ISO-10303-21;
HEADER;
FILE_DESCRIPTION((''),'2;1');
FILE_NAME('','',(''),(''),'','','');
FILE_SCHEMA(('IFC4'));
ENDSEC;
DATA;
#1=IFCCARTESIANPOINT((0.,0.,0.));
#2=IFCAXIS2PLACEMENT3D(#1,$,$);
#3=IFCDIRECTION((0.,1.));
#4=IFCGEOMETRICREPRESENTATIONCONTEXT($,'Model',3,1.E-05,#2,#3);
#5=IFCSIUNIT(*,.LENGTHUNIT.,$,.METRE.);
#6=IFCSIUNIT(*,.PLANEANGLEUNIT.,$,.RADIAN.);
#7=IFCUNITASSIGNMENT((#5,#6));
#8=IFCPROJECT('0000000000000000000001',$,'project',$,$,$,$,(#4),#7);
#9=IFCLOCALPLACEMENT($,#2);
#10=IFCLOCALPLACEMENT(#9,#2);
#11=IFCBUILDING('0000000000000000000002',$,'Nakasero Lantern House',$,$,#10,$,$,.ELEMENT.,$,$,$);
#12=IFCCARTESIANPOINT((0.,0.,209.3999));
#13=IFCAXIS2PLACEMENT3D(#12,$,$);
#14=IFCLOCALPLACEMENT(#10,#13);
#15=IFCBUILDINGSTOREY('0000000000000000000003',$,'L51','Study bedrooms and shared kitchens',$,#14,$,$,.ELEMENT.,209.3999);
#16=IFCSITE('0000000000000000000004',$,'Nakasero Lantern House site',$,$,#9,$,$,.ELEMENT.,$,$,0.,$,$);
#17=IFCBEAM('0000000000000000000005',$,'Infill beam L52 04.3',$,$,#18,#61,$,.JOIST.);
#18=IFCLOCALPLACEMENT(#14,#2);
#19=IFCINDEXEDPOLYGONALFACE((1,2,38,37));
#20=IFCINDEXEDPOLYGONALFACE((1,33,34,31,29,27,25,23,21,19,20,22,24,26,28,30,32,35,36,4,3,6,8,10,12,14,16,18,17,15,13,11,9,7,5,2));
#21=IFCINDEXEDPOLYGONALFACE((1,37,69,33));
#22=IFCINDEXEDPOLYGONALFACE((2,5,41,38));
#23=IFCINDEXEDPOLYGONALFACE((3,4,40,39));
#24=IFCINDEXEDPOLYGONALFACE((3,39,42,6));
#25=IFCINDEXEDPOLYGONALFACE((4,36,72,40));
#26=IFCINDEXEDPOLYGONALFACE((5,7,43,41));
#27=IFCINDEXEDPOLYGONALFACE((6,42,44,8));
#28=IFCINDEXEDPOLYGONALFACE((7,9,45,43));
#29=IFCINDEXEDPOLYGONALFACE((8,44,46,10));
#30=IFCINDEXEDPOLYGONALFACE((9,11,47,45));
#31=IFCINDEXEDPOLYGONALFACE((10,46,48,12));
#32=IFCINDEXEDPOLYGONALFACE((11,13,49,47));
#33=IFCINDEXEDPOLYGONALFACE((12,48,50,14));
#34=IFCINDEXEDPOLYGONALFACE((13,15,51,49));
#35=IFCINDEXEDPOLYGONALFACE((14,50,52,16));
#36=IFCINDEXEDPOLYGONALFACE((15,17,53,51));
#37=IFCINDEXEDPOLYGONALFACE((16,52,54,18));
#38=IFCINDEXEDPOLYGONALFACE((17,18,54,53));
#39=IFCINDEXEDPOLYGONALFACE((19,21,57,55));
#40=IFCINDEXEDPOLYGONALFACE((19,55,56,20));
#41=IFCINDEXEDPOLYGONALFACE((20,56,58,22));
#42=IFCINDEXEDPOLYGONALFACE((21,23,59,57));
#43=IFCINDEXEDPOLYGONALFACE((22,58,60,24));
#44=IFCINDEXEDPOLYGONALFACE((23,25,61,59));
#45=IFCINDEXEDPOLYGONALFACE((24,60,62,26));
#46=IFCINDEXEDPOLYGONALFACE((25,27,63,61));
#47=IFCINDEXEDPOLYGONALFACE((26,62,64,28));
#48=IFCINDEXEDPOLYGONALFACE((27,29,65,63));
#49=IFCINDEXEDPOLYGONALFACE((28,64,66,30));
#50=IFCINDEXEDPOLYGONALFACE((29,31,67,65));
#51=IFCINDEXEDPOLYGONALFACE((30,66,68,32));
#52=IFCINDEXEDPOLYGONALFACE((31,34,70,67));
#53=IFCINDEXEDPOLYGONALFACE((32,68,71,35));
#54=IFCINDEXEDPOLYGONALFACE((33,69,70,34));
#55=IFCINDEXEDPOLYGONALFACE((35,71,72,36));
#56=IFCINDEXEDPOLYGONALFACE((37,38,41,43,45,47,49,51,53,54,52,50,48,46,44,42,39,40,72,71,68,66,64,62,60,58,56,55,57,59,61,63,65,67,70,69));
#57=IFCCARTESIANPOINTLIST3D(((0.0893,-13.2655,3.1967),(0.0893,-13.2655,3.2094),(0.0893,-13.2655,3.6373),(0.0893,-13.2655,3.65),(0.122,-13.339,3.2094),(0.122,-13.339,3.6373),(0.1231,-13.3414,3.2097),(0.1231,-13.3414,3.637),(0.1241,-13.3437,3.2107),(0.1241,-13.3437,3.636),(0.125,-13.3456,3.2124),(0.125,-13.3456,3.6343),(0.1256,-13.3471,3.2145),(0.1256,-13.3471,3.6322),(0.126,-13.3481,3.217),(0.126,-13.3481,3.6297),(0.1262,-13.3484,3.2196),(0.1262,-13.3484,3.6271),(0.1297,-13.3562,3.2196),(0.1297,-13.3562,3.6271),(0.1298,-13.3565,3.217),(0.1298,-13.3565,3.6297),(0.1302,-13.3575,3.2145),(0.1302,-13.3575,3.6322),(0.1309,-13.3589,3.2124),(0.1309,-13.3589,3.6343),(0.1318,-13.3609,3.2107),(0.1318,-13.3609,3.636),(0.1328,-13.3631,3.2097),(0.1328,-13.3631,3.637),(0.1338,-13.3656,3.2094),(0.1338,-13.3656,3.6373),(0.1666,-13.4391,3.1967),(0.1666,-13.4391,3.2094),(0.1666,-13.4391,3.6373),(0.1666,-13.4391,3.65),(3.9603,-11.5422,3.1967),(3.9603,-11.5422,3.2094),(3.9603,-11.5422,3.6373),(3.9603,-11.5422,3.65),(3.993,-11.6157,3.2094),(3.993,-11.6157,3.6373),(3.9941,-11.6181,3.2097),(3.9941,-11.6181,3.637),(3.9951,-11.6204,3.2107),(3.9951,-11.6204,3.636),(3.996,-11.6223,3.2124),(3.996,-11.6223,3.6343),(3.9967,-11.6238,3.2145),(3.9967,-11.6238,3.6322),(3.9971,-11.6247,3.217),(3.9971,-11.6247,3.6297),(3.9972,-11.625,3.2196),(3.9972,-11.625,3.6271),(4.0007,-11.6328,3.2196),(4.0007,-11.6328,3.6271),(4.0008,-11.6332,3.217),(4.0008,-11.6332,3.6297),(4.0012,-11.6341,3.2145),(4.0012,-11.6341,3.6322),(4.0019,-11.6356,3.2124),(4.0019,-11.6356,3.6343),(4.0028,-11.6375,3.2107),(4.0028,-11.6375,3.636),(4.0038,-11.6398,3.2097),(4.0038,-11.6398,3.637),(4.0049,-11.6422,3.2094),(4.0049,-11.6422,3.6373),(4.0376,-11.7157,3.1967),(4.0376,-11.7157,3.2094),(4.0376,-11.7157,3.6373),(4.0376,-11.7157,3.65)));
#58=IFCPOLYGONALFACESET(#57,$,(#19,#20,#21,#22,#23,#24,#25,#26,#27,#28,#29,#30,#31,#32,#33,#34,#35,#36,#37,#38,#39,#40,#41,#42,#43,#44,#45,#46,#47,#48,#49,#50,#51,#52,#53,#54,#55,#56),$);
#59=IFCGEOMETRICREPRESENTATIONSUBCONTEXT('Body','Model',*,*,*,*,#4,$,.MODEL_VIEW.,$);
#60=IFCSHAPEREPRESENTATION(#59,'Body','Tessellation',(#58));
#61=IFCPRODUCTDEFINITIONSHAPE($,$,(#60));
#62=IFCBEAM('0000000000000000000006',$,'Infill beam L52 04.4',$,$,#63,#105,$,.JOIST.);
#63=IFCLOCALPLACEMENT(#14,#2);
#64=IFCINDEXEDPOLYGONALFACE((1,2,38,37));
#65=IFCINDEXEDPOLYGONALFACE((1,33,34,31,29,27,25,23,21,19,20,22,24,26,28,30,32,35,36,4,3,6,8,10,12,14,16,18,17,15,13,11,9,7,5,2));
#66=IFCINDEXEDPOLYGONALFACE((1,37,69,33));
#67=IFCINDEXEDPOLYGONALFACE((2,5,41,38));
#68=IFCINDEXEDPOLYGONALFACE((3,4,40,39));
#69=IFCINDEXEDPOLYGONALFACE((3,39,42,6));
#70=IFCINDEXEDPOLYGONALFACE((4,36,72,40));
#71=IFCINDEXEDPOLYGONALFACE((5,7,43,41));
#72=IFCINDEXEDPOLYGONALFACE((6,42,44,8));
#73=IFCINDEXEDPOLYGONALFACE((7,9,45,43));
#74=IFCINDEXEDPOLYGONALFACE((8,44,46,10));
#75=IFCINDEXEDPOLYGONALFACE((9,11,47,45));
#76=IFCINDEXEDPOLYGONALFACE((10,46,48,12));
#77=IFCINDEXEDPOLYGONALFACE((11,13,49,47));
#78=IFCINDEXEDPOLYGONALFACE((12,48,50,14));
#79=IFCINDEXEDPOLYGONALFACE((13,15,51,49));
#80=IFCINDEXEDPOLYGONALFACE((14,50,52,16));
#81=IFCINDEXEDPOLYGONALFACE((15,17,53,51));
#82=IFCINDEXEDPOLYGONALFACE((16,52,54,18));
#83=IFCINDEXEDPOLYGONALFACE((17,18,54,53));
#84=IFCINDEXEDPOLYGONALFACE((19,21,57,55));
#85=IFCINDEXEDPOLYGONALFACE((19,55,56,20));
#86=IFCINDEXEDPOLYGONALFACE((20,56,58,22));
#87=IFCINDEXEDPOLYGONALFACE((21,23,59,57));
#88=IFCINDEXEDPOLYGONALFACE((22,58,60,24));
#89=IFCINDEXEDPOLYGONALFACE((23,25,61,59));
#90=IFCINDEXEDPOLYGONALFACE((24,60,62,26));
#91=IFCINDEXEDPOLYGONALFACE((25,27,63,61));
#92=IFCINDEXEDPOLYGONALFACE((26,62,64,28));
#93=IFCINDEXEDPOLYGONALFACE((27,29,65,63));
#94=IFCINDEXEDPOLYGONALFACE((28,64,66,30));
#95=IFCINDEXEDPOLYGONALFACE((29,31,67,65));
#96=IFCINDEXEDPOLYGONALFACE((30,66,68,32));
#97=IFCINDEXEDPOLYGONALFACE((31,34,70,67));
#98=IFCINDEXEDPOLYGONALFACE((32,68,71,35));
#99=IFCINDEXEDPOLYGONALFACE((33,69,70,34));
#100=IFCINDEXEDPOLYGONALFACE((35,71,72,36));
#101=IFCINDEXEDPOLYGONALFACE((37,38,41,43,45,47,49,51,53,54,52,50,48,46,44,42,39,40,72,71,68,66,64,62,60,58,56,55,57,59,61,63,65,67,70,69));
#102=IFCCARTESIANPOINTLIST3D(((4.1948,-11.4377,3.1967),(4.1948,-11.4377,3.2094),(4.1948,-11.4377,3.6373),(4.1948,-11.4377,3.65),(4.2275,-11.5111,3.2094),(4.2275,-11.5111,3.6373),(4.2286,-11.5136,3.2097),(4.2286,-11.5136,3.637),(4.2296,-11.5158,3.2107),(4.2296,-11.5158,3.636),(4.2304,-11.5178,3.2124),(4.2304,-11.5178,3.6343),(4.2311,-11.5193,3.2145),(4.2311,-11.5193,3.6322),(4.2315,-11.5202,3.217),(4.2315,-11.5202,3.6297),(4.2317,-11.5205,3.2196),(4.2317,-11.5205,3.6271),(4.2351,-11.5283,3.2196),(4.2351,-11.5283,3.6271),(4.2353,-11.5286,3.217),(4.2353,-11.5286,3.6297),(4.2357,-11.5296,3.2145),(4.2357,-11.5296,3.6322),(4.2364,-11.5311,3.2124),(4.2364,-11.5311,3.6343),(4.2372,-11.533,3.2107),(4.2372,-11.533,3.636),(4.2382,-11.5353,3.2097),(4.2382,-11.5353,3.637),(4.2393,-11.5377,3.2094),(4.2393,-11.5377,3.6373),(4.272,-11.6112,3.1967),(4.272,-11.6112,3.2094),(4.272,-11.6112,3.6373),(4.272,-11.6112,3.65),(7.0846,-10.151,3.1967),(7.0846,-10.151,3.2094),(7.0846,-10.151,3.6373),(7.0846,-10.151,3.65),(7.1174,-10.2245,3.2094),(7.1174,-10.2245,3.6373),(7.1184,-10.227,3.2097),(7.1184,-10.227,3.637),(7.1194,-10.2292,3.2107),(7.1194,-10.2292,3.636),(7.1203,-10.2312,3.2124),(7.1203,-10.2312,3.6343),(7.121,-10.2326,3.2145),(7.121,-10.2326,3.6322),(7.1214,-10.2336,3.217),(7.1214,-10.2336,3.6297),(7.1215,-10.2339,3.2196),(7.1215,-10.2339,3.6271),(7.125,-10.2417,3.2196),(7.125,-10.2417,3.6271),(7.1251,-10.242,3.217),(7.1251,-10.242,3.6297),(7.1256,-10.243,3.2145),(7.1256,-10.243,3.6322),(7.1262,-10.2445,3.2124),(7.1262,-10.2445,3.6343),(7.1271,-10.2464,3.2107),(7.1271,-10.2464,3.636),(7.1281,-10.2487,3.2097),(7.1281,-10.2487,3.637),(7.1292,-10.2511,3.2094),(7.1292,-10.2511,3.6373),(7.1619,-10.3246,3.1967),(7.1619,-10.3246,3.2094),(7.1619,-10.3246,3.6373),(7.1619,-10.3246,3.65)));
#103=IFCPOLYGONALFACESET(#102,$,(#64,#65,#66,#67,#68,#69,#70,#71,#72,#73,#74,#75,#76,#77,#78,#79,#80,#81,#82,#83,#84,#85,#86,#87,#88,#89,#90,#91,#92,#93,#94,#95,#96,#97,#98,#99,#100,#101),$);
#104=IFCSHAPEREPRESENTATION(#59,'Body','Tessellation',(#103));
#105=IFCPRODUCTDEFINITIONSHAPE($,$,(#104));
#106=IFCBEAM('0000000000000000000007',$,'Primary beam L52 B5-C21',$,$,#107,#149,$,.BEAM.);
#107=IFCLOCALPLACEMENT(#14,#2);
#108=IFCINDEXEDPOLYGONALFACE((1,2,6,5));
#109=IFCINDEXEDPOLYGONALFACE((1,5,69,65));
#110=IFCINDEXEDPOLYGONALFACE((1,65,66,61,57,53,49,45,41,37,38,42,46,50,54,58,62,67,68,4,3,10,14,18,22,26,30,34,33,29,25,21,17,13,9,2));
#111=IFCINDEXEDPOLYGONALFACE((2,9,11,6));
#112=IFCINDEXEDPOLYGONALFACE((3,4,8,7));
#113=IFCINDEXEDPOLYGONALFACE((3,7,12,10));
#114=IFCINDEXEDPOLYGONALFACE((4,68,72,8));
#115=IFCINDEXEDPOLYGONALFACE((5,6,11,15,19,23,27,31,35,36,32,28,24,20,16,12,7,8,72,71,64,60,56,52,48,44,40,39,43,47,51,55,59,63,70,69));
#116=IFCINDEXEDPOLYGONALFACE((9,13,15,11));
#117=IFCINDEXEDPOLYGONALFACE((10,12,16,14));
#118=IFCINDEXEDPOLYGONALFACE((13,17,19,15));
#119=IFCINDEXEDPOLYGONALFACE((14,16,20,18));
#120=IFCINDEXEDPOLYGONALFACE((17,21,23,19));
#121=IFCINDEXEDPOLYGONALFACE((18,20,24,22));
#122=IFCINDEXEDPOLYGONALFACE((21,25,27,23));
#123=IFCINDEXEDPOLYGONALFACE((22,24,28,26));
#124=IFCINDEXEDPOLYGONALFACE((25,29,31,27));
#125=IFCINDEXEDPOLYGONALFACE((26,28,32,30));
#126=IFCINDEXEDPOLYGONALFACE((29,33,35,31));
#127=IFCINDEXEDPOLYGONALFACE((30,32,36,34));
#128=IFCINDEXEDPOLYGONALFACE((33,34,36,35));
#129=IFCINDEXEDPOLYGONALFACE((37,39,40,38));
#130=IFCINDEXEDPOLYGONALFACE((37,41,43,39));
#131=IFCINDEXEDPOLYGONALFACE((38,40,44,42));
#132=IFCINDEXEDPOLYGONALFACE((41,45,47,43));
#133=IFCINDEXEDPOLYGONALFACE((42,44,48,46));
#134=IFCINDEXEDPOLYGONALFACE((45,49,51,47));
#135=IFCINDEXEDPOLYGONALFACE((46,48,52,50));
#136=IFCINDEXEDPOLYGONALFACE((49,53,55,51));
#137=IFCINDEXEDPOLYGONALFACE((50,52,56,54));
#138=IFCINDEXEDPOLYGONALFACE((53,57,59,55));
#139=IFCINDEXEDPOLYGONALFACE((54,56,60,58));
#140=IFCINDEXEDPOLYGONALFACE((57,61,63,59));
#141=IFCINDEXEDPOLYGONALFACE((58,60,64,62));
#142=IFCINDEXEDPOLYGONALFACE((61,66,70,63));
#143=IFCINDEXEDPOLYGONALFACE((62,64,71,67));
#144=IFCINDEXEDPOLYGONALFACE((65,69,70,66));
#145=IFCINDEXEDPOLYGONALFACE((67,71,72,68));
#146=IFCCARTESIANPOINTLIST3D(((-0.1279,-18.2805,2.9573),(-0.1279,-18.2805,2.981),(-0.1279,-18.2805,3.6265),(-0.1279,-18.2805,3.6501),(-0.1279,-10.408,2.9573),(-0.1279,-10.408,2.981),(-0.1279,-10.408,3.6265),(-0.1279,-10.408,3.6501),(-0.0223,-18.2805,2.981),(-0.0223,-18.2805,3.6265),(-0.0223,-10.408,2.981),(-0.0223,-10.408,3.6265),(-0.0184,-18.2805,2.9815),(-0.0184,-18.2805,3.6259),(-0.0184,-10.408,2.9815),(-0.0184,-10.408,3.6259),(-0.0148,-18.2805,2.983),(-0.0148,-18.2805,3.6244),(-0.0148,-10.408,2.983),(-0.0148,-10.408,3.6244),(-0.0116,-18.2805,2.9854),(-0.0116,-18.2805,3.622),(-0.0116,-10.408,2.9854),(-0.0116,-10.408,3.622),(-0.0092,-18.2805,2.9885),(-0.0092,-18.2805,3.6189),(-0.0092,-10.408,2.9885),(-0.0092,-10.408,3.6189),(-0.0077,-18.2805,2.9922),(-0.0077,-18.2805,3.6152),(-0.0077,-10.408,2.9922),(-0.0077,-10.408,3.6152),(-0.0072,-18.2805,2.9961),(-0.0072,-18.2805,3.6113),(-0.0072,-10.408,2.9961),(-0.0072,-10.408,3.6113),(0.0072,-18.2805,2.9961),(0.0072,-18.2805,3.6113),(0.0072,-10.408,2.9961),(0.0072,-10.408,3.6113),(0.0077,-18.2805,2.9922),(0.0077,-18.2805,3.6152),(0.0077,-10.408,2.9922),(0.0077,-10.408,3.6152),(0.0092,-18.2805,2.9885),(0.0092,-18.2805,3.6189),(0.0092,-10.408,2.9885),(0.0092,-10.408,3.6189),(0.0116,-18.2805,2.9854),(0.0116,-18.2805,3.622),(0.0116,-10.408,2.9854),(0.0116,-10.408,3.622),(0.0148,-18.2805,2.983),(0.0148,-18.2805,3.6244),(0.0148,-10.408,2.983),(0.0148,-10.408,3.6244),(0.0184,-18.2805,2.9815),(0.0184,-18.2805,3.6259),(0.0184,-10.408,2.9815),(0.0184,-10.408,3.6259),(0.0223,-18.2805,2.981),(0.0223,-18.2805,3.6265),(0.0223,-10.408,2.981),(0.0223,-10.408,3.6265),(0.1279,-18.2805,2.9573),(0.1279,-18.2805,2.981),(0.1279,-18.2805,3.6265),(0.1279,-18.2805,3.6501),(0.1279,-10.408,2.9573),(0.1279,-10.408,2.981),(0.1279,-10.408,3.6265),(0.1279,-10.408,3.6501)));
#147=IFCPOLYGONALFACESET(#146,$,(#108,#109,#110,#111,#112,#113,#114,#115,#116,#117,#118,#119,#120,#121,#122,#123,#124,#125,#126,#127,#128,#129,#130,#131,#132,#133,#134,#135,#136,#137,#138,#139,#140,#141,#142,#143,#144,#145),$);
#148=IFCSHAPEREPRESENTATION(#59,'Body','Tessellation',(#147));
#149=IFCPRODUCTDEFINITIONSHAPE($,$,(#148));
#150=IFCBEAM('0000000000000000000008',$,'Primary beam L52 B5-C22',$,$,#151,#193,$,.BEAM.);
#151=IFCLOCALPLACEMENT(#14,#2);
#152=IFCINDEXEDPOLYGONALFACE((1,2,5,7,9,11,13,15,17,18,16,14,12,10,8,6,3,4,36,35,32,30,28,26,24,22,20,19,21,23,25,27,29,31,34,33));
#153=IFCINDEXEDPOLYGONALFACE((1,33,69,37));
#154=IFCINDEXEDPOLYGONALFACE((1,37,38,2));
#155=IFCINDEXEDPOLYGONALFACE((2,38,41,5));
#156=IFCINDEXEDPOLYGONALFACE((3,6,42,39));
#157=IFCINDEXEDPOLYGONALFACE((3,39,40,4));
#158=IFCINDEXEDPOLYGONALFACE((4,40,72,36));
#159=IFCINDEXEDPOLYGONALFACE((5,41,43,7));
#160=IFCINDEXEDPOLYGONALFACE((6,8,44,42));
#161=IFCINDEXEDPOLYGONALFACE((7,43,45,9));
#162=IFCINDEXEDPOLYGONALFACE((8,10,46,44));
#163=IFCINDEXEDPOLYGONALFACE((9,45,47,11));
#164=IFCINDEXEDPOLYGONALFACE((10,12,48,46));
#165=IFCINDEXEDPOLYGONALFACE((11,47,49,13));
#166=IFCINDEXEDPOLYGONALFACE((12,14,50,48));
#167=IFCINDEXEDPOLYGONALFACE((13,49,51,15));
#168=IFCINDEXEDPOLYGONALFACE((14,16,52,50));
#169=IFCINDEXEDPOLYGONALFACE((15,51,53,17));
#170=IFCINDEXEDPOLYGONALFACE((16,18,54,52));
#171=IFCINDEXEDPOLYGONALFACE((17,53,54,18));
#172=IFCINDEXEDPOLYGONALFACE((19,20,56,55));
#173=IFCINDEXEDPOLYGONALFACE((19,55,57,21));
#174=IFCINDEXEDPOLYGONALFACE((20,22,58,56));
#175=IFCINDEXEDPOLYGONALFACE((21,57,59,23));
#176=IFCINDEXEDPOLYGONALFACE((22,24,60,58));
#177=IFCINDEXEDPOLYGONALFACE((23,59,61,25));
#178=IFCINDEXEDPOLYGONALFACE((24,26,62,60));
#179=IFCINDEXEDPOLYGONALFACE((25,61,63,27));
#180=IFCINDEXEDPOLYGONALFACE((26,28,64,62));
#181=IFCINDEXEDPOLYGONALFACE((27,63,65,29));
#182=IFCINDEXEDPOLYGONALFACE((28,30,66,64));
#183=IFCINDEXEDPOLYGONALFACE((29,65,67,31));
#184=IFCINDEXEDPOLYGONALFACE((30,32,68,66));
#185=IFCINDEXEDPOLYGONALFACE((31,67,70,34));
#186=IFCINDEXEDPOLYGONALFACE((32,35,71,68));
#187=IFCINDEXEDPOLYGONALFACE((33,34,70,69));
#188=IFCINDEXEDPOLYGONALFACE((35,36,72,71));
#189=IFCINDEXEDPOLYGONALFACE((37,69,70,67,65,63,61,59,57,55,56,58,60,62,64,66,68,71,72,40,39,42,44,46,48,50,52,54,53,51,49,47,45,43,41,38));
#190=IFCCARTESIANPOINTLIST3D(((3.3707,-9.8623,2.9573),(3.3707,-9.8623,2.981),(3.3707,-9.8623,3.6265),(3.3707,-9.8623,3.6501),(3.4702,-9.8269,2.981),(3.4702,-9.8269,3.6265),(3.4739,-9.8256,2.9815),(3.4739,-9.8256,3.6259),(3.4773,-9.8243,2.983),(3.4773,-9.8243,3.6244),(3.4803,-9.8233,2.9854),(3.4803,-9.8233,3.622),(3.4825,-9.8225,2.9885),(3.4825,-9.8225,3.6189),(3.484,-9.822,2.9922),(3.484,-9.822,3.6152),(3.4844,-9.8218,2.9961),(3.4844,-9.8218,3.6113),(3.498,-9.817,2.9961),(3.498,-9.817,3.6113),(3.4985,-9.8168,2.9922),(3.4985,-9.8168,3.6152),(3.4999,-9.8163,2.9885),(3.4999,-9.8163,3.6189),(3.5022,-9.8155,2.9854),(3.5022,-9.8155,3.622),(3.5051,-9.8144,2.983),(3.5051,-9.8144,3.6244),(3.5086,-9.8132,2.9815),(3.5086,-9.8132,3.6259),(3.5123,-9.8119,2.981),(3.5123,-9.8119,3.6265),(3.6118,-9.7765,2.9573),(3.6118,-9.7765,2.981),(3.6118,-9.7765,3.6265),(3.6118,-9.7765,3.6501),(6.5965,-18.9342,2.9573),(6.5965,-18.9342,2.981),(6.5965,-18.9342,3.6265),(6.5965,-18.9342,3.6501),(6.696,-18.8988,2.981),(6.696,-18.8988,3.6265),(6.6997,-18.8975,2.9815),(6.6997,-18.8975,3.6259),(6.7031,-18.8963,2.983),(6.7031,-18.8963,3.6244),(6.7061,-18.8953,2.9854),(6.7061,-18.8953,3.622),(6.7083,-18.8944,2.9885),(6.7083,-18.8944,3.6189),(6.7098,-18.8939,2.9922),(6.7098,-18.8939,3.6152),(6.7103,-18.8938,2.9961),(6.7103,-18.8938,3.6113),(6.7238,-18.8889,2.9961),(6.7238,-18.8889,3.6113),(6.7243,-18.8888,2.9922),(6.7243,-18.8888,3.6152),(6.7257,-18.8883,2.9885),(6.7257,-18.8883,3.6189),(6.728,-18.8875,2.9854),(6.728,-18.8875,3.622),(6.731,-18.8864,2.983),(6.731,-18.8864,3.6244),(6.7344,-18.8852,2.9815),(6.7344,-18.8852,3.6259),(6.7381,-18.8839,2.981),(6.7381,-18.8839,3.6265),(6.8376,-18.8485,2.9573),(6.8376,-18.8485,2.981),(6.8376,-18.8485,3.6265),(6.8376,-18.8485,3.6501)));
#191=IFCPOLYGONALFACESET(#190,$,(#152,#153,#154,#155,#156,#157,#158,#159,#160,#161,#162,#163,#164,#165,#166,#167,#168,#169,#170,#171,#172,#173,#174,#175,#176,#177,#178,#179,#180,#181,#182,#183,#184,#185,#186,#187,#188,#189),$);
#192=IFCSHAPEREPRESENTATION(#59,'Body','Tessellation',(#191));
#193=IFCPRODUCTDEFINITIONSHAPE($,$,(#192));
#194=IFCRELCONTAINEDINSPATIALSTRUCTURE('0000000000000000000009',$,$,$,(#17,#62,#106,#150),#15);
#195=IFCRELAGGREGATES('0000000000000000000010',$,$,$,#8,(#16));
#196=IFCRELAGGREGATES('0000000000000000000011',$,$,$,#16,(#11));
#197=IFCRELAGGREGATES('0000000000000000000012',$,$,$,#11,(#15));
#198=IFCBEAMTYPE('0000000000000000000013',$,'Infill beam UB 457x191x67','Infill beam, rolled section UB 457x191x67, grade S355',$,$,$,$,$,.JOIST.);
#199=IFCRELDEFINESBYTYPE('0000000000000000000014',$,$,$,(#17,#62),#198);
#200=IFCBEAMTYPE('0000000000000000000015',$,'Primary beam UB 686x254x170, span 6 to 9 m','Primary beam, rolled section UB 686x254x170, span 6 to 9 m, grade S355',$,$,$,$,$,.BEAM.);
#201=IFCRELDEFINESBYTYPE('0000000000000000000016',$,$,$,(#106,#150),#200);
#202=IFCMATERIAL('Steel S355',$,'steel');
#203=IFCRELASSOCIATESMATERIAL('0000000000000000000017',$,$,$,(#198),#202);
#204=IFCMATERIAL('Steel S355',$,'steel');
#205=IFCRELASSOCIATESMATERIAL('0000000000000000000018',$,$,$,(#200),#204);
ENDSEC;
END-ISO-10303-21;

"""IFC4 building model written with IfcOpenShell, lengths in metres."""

from ifc_helpers import new_model, si_unit, direction, frame, origin, origin_2d, place, context, subcontext, project, spatial, i_section, extrude, material, material_profile, profile_set, type_object, element, save


model = new_model("IFC4")

# Units and contexts
model_context = context("Model", 3, precision=1e-05, world=origin(), true_north=direction((0.0, 1.0)))
body_context = subcontext(model_context, "Body", "Model", "MODEL_VIEW")
ifc_project = project(units=[si_unit("LENGTHUNIT", "METRE"), si_unit("PLANEANGLEUNIT", "RADIAN")], contexts=[model_context])

# Site, building, storey
site_placement = place(None, origin())
site = spatial("IfcSite", under=ifc_project, at=site_placement, Name="Nakasero Lantern House site", CompositionType="ELEMENT", RefElevation=0.0)
building_placement = place(site_placement, origin())
building = spatial("IfcBuilding", under=site, at=building_placement, Name="Nakasero Lantern House", CompositionType="ELEMENT")
storey_placement = place(building_placement, frame((0.0, 0.0, 209.3999)))
storey = spatial("IfcBuildingStorey", under=building, at=storey_placement, Name="L51", Description="Study bedrooms and shared kitchens", CompositionType="ELEMENT", Elevation=209.3999)

# Beams
ifc_material_1 = material(Name="Steel S355", Category="steel")
ifc_material_profile_1 = material_profile(ifc_material_1, i_section(OverallWidth=0.1899, OverallDepth=0.4534, WebThickness=0.0085, FlangeThickness=0.0127, FilletRadius=0.0103, at=origin_2d()), Name="UB 457x191x67")
ifc_profile_set_1 = profile_set([ifc_material_profile_1], Name="Steel S355")
beam_type_1 = type_object("IfcBeamType", Name="Infill beam UB 457x191x67", Description="Infill beam, rolled section UB 457x191x67, grade S355", PredefinedType="JOIST", material=ifc_profile_set_1)
beam_1_placement = place(storey_placement, frame((0.1279, -13.3523, 3.4233), z_axis=(0.913557, 0.40671, 0.0), x_axis=(-0.40671, 0.913557, 0.0)))
element("IfcBeam", 1, at=beam_1_placement, inside=storey, type_object=beam_type_1, Name="Infill beam L52 04.3", PredefinedType="JOIST", context=body_context, shape_type="SweptSolid", body=[
    extrude(i_section(OverallWidth=0.1899, OverallDepth=0.4534, WebThickness=0.0085, FlangeThickness=0.0127, FilletRadius=0.0103, at=origin_2d()), origin(), (0.0, 0.0, 1.0), 4.2373),
])
beam_2_placement = place(storey_placement, frame((4.2334, -11.5244, 3.4233), z_axis=(0.91355, 0.406726, 0.0), x_axis=(-0.406726, 0.91355, 0.0)))
element("IfcBeam", 2, at=beam_2_placement, inside=storey, type_object=beam_type_1, Name="Infill beam L52 04.4", PredefinedType="JOIST", context=body_context, shape_type="SweptSolid", body=[
    extrude(i_section(OverallWidth=0.1899, OverallDepth=0.4534, WebThickness=0.0085, FlangeThickness=0.0127, FilletRadius=0.0103, at=origin_2d()), origin(), (0.0, 0.0, 1.0), 3.1633),
])
ifc_material_2 = material(Name="Steel S355", Category="steel")
ifc_material_profile_2 = material_profile(ifc_material_2, i_section(OverallWidth=0.2559, OverallDepth=0.6929, WebThickness=0.0144, FlangeThickness=0.0237, FilletRadius=0.0151, at=origin_2d()), Name="UB 686x254x170")
ifc_profile_set_2 = profile_set([ifc_material_profile_2], Name="Steel S355")
beam_type_2 = type_object("IfcBeamType", Name="Primary beam UB 686x254x170, span 6 to 9 m", Description="Primary beam, rolled section UB 686x254x170, span 6 to 9 m, grade S355", PredefinedType="BEAM", material=ifc_profile_set_2)
beam_3_placement = place(storey_placement, frame((0.0, -18.2805, 3.3037), z_axis=(0.0, 1.0, 0.0), x_axis=(-1.0, 0.0, 0.0)))
element("IfcBeam", 3, at=beam_3_placement, inside=storey, type_object=beam_type_2, Name="Primary beam L52 B5-C21", PredefinedType="BEAM", context=body_context, shape_type="SweptSolid", body=[
    extrude(i_section(OverallWidth=0.2559, OverallDepth=0.6929, WebThickness=0.0144, FlangeThickness=0.0237, FilletRadius=0.0151, at=origin_2d()), origin(), (0.0, 0.0, 1.0), 7.8726),
])
beam_4_placement = place(storey_placement, frame((6.717, -18.8914, 3.3037), z_axis=(-0.33503, 0.942207, 0.0), x_axis=(-0.942207, -0.33503, 0.0)))
element("IfcBeam", 4, at=beam_4_placement, inside=storey, type_object=beam_type_2, Name="Primary beam L52 B5-C22", PredefinedType="BEAM", context=body_context, shape_type="SweptSolid", body=[
    extrude(i_section(OverallWidth=0.2559, OverallDepth=0.6929, WebThickness=0.0144, FlangeThickness=0.0237, FilletRadius=0.0151, at=origin_2d()), origin(), (0.0, 0.0, 1.0), 9.6284),
])

save(model, "model.ifc")
